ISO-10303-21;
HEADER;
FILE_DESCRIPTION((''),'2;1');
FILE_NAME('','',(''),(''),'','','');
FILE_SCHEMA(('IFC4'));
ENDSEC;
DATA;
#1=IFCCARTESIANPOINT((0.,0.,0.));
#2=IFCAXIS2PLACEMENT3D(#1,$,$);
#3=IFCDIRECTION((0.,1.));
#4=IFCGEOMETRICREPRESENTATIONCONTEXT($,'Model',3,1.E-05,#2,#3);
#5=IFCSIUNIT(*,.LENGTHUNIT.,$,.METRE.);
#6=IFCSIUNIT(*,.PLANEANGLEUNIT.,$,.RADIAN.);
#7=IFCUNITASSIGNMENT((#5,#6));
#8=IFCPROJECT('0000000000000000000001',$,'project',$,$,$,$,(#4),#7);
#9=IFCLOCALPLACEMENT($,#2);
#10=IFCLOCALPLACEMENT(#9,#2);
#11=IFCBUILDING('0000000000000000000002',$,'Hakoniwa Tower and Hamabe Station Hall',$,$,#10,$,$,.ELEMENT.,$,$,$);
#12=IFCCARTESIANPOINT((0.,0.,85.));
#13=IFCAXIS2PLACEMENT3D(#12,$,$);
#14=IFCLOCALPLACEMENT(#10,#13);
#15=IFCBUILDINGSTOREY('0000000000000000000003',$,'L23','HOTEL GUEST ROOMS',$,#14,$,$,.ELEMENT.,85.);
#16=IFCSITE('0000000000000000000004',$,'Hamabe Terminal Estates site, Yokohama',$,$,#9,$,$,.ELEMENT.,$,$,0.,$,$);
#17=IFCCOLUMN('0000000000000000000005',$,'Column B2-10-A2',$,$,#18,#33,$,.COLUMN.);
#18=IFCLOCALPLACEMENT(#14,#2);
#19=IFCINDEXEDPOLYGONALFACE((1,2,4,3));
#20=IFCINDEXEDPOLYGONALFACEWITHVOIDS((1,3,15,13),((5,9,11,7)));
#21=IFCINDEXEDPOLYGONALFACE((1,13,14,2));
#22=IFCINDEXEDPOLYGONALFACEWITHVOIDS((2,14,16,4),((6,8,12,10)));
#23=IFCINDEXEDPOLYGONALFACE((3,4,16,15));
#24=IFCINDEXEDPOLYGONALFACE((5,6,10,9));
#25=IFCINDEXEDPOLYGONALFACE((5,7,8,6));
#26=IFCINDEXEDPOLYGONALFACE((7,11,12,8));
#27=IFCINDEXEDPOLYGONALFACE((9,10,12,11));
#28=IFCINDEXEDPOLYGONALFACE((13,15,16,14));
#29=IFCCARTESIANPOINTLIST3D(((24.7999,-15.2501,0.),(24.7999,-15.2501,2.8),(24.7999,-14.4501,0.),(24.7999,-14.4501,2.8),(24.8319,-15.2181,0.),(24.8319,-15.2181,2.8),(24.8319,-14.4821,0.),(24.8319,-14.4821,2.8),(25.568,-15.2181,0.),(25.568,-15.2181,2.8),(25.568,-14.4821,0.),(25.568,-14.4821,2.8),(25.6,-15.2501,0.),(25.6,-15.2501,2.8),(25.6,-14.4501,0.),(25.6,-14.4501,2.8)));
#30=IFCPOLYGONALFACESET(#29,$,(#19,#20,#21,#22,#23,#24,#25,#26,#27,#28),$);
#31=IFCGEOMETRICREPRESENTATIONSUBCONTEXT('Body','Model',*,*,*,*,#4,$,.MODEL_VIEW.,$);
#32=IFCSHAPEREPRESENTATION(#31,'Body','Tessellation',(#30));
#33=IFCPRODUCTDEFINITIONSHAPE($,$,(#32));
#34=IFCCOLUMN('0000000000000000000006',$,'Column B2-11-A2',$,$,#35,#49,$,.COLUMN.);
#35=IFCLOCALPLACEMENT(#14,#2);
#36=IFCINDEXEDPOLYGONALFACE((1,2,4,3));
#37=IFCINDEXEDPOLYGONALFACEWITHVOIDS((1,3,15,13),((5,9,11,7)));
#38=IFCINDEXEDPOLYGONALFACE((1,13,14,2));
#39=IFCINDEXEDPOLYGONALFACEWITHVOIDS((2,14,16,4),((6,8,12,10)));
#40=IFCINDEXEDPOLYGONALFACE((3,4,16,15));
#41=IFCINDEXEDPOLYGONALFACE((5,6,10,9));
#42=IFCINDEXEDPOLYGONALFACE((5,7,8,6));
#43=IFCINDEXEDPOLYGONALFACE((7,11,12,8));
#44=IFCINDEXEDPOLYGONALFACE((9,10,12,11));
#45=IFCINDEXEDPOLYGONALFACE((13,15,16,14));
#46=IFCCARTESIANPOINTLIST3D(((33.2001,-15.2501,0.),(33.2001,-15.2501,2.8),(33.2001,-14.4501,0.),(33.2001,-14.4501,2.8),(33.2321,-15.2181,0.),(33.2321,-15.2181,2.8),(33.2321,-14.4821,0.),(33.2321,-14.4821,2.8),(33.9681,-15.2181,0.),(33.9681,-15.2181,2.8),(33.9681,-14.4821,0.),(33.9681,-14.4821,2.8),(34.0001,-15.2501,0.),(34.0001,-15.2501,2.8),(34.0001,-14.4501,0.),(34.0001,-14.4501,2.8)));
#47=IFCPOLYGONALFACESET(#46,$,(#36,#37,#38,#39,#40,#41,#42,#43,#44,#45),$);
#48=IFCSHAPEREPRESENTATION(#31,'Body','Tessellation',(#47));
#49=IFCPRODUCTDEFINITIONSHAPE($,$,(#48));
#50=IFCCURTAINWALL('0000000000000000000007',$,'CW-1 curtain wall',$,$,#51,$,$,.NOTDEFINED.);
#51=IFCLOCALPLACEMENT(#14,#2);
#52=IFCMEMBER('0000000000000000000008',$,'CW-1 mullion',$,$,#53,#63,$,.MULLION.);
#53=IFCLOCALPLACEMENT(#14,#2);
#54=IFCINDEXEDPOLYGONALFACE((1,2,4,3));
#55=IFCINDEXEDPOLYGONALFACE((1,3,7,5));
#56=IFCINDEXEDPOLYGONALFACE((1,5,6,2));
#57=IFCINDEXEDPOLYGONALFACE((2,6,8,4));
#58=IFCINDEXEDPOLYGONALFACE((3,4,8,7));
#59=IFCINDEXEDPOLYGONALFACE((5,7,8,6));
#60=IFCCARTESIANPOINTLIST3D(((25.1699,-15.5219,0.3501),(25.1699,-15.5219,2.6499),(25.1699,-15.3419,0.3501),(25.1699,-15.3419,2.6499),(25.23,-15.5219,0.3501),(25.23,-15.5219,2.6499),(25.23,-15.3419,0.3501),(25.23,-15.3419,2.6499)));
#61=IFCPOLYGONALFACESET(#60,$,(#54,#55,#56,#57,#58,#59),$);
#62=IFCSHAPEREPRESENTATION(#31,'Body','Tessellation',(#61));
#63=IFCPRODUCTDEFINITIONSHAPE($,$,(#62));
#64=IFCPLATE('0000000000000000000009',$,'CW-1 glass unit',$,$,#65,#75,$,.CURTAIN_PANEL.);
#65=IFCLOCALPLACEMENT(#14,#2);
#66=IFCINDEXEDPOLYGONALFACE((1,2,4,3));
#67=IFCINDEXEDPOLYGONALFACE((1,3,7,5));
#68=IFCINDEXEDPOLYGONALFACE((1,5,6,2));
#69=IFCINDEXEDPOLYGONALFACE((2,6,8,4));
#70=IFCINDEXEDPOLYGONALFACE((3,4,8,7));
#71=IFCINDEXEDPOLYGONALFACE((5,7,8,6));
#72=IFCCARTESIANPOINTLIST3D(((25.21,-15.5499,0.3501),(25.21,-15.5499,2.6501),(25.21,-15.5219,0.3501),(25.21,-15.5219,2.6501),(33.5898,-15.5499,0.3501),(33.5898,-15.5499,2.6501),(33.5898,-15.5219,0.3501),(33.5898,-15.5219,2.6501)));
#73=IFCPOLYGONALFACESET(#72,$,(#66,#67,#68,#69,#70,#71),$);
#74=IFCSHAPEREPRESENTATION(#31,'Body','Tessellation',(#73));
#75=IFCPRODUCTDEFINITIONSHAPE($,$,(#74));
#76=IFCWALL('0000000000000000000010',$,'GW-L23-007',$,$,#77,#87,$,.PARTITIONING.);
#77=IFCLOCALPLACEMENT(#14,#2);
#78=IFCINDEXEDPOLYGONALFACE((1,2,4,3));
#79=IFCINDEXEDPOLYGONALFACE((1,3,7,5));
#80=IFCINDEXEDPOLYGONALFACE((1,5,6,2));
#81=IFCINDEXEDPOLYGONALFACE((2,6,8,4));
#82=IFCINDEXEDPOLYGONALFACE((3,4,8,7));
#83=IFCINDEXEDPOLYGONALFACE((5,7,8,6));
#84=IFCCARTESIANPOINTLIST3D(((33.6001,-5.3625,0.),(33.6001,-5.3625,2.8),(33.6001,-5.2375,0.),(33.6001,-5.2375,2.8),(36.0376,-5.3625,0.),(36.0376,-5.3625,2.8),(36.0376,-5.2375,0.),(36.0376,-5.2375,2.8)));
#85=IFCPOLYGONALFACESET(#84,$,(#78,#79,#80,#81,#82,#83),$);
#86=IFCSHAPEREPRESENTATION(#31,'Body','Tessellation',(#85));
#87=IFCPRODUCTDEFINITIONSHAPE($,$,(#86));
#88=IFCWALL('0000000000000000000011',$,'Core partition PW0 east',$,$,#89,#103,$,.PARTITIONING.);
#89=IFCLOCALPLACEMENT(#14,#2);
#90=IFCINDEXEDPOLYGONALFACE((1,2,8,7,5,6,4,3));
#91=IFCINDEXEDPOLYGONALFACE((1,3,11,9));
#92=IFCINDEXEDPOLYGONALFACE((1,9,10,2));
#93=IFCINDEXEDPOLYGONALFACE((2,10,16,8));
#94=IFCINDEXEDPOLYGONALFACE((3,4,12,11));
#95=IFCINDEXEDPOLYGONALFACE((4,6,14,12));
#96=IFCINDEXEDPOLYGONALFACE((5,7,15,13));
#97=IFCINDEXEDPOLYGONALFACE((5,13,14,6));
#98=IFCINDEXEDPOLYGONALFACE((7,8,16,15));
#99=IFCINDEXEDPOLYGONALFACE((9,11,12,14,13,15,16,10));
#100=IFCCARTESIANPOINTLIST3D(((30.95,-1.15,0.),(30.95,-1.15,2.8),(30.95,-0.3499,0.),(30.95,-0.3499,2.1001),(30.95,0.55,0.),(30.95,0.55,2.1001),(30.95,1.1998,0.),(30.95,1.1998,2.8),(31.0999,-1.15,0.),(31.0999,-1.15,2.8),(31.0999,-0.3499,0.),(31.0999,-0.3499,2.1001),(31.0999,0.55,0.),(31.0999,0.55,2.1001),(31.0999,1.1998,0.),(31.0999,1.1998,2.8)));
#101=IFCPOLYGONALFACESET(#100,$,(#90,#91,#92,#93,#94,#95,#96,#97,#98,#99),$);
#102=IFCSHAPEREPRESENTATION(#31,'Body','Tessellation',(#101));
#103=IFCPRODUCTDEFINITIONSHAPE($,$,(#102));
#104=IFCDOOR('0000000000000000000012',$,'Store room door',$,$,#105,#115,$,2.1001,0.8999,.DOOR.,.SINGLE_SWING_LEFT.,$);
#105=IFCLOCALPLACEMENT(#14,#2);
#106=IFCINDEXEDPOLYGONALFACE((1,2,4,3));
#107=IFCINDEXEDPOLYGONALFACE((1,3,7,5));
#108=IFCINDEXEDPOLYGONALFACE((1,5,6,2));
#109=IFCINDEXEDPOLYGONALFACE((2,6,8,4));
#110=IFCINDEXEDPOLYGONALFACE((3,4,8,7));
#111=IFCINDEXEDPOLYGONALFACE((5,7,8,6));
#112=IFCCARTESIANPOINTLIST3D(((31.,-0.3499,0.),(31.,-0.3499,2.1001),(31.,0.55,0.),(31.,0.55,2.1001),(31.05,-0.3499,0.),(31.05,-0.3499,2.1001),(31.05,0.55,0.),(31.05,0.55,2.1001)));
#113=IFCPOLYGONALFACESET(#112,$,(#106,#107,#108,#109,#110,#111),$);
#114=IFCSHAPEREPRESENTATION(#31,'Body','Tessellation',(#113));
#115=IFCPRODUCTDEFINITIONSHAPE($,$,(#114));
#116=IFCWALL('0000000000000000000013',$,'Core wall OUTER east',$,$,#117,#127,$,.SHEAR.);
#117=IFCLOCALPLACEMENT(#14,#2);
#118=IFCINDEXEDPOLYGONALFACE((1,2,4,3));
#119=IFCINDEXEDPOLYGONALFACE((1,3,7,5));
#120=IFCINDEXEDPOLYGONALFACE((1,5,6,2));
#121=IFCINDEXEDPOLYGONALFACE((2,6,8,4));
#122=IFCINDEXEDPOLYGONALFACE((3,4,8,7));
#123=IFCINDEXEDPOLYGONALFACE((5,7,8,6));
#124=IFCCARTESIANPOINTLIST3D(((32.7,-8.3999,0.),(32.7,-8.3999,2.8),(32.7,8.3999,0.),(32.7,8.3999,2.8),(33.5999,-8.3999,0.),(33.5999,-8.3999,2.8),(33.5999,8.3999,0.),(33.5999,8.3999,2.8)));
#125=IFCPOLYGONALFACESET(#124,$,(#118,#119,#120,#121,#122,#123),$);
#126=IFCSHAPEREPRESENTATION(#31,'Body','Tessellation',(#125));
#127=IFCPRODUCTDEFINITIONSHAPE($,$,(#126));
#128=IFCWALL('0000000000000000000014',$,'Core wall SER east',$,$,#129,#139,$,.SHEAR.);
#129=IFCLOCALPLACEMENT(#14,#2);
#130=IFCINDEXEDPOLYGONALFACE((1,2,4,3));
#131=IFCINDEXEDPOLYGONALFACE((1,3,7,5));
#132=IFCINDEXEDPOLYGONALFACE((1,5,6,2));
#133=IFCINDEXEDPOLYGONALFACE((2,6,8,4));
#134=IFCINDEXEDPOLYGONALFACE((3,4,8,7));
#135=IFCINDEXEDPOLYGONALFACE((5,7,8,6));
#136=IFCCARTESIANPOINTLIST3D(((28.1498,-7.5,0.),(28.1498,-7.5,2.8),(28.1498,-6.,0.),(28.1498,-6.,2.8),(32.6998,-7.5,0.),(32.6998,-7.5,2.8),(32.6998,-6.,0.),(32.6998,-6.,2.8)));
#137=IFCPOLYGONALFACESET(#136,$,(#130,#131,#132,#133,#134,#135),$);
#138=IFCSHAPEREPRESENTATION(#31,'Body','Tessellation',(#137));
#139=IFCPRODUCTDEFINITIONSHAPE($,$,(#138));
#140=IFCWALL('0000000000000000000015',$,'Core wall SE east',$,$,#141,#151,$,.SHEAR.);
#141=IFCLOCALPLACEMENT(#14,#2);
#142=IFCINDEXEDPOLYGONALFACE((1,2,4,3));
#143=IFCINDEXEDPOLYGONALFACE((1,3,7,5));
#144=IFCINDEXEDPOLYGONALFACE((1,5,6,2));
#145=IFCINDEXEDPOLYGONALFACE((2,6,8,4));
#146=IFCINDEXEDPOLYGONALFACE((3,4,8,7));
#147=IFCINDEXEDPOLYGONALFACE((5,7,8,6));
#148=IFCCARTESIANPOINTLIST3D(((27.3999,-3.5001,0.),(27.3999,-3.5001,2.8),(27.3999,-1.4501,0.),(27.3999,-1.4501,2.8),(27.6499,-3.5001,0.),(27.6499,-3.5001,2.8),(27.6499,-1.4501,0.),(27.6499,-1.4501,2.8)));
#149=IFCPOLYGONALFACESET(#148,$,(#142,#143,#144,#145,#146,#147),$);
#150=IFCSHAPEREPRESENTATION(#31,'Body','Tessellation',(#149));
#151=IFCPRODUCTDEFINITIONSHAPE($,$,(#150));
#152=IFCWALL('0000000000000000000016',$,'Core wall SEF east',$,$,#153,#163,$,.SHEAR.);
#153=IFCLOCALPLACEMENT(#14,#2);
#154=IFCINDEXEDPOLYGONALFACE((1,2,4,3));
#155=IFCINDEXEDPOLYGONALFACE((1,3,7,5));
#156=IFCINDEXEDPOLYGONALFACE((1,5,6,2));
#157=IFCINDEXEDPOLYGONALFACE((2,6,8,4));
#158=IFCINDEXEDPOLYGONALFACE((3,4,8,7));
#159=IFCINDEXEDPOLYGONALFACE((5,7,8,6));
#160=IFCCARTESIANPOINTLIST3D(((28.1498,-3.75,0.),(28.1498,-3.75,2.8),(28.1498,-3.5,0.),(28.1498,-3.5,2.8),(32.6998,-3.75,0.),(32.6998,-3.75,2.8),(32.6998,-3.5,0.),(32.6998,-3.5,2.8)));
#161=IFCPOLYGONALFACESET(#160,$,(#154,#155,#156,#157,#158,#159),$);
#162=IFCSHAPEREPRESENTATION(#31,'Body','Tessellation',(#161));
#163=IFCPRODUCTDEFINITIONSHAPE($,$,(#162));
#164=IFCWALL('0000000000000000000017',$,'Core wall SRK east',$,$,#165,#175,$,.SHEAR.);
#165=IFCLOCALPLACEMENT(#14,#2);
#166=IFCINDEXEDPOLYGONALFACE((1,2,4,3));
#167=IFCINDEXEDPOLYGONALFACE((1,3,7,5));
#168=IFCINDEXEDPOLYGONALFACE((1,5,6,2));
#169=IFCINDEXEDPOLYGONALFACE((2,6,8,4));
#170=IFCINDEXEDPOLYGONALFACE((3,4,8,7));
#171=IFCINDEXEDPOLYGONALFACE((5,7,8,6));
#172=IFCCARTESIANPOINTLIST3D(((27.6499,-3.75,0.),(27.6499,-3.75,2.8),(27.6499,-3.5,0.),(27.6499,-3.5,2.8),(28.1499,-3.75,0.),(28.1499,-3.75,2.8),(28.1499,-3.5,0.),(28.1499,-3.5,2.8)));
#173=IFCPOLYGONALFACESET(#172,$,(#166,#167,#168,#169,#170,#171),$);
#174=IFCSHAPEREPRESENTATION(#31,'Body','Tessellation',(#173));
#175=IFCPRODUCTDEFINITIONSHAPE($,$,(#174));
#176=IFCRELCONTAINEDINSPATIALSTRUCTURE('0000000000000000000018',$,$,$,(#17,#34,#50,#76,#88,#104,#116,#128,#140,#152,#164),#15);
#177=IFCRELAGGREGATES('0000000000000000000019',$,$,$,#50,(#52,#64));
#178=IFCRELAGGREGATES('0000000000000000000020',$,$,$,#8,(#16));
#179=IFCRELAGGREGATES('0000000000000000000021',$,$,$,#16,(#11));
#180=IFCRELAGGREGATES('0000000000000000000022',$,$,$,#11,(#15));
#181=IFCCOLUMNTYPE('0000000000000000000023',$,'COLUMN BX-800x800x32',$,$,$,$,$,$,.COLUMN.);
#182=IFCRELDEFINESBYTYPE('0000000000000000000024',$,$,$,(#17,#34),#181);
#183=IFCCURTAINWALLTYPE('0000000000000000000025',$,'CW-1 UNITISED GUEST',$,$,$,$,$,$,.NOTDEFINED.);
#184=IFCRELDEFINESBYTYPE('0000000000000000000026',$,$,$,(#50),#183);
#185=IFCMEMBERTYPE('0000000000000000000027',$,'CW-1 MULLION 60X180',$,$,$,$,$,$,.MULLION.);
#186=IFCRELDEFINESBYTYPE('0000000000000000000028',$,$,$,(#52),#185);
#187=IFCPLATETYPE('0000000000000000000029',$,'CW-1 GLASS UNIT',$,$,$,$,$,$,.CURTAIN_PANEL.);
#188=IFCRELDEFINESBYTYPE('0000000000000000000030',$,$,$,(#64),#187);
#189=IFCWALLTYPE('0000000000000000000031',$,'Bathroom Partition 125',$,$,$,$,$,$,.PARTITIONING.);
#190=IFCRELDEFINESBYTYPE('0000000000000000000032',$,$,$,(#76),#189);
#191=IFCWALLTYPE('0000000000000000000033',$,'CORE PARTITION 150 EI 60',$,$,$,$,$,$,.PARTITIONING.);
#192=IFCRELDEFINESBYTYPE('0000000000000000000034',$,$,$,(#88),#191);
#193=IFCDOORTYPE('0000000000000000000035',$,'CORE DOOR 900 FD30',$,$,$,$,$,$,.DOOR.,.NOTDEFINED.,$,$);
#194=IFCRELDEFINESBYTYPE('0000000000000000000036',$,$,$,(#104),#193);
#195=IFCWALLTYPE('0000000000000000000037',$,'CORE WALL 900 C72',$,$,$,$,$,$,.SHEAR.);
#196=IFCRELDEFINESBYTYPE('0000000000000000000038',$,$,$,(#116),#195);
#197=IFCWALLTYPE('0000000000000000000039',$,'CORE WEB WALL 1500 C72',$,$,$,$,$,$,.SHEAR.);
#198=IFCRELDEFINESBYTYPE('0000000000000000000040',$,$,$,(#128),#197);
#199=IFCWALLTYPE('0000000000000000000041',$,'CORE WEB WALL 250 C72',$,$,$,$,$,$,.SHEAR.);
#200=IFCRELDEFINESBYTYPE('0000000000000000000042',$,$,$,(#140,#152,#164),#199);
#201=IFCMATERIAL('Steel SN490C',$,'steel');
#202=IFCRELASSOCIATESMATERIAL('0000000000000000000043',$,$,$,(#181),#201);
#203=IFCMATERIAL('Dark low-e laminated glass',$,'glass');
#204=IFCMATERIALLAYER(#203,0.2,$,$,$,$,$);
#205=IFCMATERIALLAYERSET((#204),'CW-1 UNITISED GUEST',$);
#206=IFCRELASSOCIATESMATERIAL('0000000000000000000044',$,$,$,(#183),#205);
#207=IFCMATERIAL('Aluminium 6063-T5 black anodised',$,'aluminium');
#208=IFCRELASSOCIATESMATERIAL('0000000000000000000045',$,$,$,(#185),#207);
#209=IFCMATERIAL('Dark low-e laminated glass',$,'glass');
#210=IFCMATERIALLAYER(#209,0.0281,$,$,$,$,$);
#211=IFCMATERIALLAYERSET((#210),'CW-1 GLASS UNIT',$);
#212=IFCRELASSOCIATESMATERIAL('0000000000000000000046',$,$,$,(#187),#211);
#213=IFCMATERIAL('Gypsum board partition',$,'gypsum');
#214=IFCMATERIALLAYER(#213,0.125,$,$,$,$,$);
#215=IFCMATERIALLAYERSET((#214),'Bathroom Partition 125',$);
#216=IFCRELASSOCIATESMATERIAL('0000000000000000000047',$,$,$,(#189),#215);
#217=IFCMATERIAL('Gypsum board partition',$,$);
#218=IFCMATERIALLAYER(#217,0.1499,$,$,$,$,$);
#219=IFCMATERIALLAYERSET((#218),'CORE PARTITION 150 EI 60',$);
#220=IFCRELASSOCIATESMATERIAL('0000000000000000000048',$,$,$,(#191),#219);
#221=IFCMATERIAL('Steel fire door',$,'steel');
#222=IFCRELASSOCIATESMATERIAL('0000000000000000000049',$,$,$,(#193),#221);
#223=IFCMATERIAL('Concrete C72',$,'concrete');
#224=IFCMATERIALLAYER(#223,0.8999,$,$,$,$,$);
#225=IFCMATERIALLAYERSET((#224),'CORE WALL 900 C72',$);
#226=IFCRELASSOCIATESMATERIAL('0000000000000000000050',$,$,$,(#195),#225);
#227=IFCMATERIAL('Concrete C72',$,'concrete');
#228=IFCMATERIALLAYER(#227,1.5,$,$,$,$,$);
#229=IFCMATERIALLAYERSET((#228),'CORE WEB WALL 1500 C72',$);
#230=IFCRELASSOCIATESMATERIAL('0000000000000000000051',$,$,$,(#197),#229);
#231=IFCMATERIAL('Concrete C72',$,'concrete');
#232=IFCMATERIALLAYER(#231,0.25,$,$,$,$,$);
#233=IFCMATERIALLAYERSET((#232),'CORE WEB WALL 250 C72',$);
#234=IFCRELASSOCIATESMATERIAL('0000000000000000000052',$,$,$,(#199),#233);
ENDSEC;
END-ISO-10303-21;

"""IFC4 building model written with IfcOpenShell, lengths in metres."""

from ifc_helpers import new_model, si_unit, direction, frame, frame_2d, origin, origin_2d, place, context, subcontext, project, spatial, rectangle, hollow_rectangle, extrude, material, layer, layer_set, material_profile, profile_set, type_object, element, fill, aggregate, save


model = new_model("IFC4")

# Units and contexts
model_context = context("Model", 3, precision=1e-05, world=origin(), true_north=direction((0.0, 1.0)))
body_context = subcontext(model_context, "Body", "Model", "MODEL_VIEW")
ifc_project = project(units=[si_unit("LENGTHUNIT", "METRE"), si_unit("PLANEANGLEUNIT", "RADIAN")], contexts=[model_context])

# Site, building, storey
site_placement = place(None, origin())
site = spatial("IfcSite", under=ifc_project, at=site_placement, Name="Hamabe Terminal Estates site, Yokohama", CompositionType="ELEMENT", RefElevation=0.0)
building_placement = place(site_placement, origin())
building = spatial("IfcBuilding", under=site, at=building_placement, Name="Hakoniwa Tower and Hamabe Station Hall", CompositionType="ELEMENT")
storey_placement = place(building_placement, frame((0.0, 0.0, 85.0)))
storey = spatial("IfcBuildingStorey", under=building, at=storey_placement, Name="L23", Description="HOTEL GUEST ROOMS", CompositionType="ELEMENT", Elevation=85.0)

# Columns
ifc_material_1 = material(Name="Steel SN490C", Category="steel")
ifc_material_profile_1 = material_profile(ifc_material_1, hollow_rectangle(XDim=0.8, YDim=0.8, WallThickness=0.032, at=origin_2d()), Name="BX-800x800x32")
ifc_profile_set_1 = profile_set([ifc_material_profile_1], Name="Steel SN490C")
column_type = type_object("IfcColumnType", Name="COLUMN BX-800x800x32", PredefinedType="COLUMN", material=ifc_profile_set_1)
for number, where, z_axis, x_axis, name in (
    (1, (25.2, -14.8501, 0.0), (0.0, 0.0, 1.0), (1.0, 0.0, 0.0), "Column B2-10-A2"),
    (2, (33.6001, -14.8501, 0.0), (0.0, 0.0, 1.0), (1.0, 0.0, 0.0), "Column B2-11-A2"),
):
    element("IfcColumn", number, at=place(storey_placement, frame(where, z_axis=z_axis, x_axis=x_axis)), inside=storey, type_object=column_type, Name=name, PredefinedType="COLUMN", context=body_context, shape_type="SweptSolid", body=[
        extrude(hollow_rectangle(XDim=0.8, YDim=0.8, WallThickness=0.032, at=origin_2d()), origin(), (0.0, 0.0, 1.0), 2.8),
    ])

# Curtain wall, member, plate
ifc_material_2 = material(Name="Dark low-e laminated glass", Category="glass")
ifc_layer_1 = layer(ifc_material_2, 0.2)
ifc_layer_set_1 = layer_set([ifc_layer_1], Name="CW-1 UNITISED GUEST")
curtain_wall_type = type_object("IfcCurtainWallType", Name="CW-1 UNITISED GUEST", PredefinedType="NOTDEFINED", material=ifc_layer_set_1)
curtain_wall_placement = place(storey_placement, origin())
curtain_wall = element("IfcCurtainWall", 3, at=curtain_wall_placement, inside=storey, type_object=curtain_wall_type, Name="CW-1 curtain wall", PredefinedType="NOTDEFINED")
ifc_material_3 = material(Name="Aluminium 6063-T5 black anodised", Category="aluminium")
ifc_material_profile_2 = material_profile(ifc_material_3, rectangle(XDim=0.0601, YDim=0.1799, at=origin_2d()), Name="CW-1 MULLION 60X180")
ifc_profile_set_2 = profile_set([ifc_material_profile_2], Name="Aluminium 6063-T5 black anodised")
member_type = type_object("IfcMemberType", Name="CW-1 MULLION 60X180", PredefinedType="MULLION", material=ifc_profile_set_2)
member_placement = place(storey_placement, frame((25.2, -15.4319, 0.3501), z_axis=(0.0, 0.0, 1.0), x_axis=(1.0, 0.0, 0.0)))
member = element("IfcMember", 4, at=member_placement, type_object=member_type, Name="CW-1 mullion", PredefinedType="MULLION", context=body_context, shape_type="SweptSolid", body=[
    extrude(rectangle(XDim=0.0601, YDim=0.1799, at=origin_2d()), origin(), (0.0, 0.0, 1.0), 2.2998),
])
ifc_material_4 = material(Name="Dark low-e laminated glass", Category="glass")
ifc_layer_2 = layer(ifc_material_4, 0.0281)
ifc_layer_set_2 = layer_set([ifc_layer_2], Name="CW-1 GLASS UNIT")
plate_type = type_object("IfcPlateType", Name="CW-1 GLASS UNIT", PredefinedType="CURTAIN_PANEL", material=ifc_layer_set_2)
plate_placement = place(storey_placement, frame((29.3999, -15.5359, 0.3501), z_axis=(0.0, 0.0, 1.0), x_axis=(1.0, 0.0, 0.0)))
plate = element("IfcPlate", 5, at=plate_placement, type_object=plate_type, Name="CW-1 glass unit", PredefinedType="CURTAIN_PANEL", context=body_context, shape_type="SweptSolid", body=[
    extrude(rectangle(XDim=8.3799, YDim=0.0281, at=origin_2d()), origin(), (0.0, 0.0, 1.0), 2.3),
])
aggregate(curtain_wall, [member, plate])

# Wall
ifc_material_5 = material(Name="Gypsum board partition", Category="gypsum")
ifc_layer_3 = layer(ifc_material_5, 0.125)
ifc_layer_set_3 = layer_set([ifc_layer_3], Name="Bathroom Partition 125")
wall_type_1 = type_object("IfcWallType", Name="Bathroom Partition 125", PredefinedType="PARTITIONING", material=ifc_layer_set_3)
wall_1_placement = place(storey_placement, frame((33.6001, -5.3, 0.0), z_axis=(0.0, 0.0, 1.0), x_axis=(1.0, 0.0, 0.0)))
element("IfcWall", 6, at=wall_1_placement, inside=storey, type_object=wall_type_1, Name="GW-L23-007", PredefinedType="PARTITIONING", context=body_context, shape_type="SweptSolid", body=[
    extrude(rectangle(XDim=2.4375, YDim=0.125, at=frame_2d((1.2188, 0.0))), origin(), (0.0, 0.0, 1.0), 2.8),
])

# Wall, opening, door
ifc_material_6 = material(Name="Gypsum board partition")
ifc_layer_4 = layer(ifc_material_6, 0.1499)
ifc_layer_set_4 = layer_set([ifc_layer_4], Name="CORE PARTITION 150 EI 60")
wall_type_2 = type_object("IfcWallType", Name="CORE PARTITION 150 EI 60", PredefinedType="PARTITIONING", material=ifc_layer_set_4)
wall_2_placement = place(storey_placement, frame((31.0249, -1.1499, 0.0), z_axis=(0.0, 0.0, 1.0), x_axis=(0.0, 1.0, 0.0)))
wall_2 = element("IfcWall", 7, at=wall_2_placement, inside=storey, type_object=wall_type_2, Name="Core partition PW0 east", PredefinedType="PARTITIONING", context=body_context, shape_type="SweptSolid", body=[
    extrude(rectangle(XDim=2.3499, YDim=0.1499, at=frame_2d((1.1748, 0.0))), origin(), (0.0, 0.0, 1.0), 2.8),
])
opening_1_placement = place(wall_2_placement, frame((0.8, 0.0, 0.0)))
opening_1 = element("IfcOpeningElement", 8, at=opening_1_placement, cuts=wall_2, PredefinedType="OPENING", context=body_context, shape_type="SweptSolid", body=[
    extrude(rectangle(XDim=0.8999, YDim=2.1001, at=frame_2d((0.45, 1.05))), frame((0.0, 0.085, 0.0), z_axis=(0.0, -1.0, 0.0), x_axis=(1.0, 0.0, 0.0)), (0.0, 0.0, 1.0), 0.1699),
])
ifc_material_7 = material(Name="Steel fire door", Category="steel")
door_type_1 = type_object("IfcDoorType", Name="CORE DOOR 900 FD30", OperationType="NOTDEFINED", PredefinedType="DOOR", material=ifc_material_7)
door_1_placement = place(opening_1_placement, origin())
door_1 = element("IfcDoor", 9, at=door_1_placement, inside=storey, type_object=door_type_1, Name="Store room door", OperationType="SINGLE_SWING_LEFT", OverallHeight=2.1001, OverallWidth=0.8999, PredefinedType="DOOR", context=body_context, shape_type="SweptSolid", body=[
    extrude(rectangle(XDim=0.8999, YDim=2.1001, at=frame_2d((0.45, 1.05))), frame((0.0, 0.0249, 0.0), z_axis=(0.0, -1.0, 0.0), x_axis=(1.0, 0.0, 0.0)), (0.0, 0.0, 1.0), 0.05),
])
fill(opening_1, door_1)

# Walls
ifc_material_8 = material(Name="Concrete C72", Category="concrete")
ifc_layer_5 = layer(ifc_material_8, 0.8999)
ifc_layer_set_5 = layer_set([ifc_layer_5], Name="CORE WALL 900 C72")
wall_type_3 = type_object("IfcWallType", Name="CORE WALL 900 C72", PredefinedType="SHEAR", material=ifc_layer_set_5)
wall_3_placement = place(storey_placement, frame((33.1499, -8.3999, 0.0), z_axis=(0.0, 0.0, 1.0), x_axis=(0.0, 1.0, 0.0)))
element("IfcWall", 10, at=wall_3_placement, inside=storey, type_object=wall_type_3, Name="Core wall OUTER east", PredefinedType="SHEAR", context=body_context, shape_type="SweptSolid", body=[
    extrude(rectangle(XDim=16.7998, YDim=0.8999, at=frame_2d((8.3999, 0.0))), origin(), (0.0, 0.0, 1.0), 2.8),
])
ifc_material_9 = material(Name="Concrete C72", Category="concrete")
ifc_layer_6 = layer(ifc_material_9, 1.5)
ifc_layer_set_6 = layer_set([ifc_layer_6], Name="CORE WEB WALL 1500 C72")
wall_type_4 = type_object("IfcWallType", Name="CORE WEB WALL 1500 C72", PredefinedType="SHEAR", material=ifc_layer_set_6)
wall_4_placement = place(storey_placement, frame((28.1499, -6.75, 0.0), z_axis=(0.0, 0.0, 1.0), x_axis=(1.0, 0.0, 0.0)))
element("IfcWall", 11, at=wall_4_placement, inside=storey, type_object=wall_type_4, Name="Core wall SER east", PredefinedType="SHEAR", context=body_context, shape_type="SweptSolid", body=[
    extrude(rectangle(XDim=4.55, YDim=1.5, at=frame_2d((2.2749, 0.0))), origin(), (0.0, 0.0, 1.0), 2.8),
])
ifc_material_10 = material(Name="Concrete C72", Category="concrete")
ifc_layer_7 = layer(ifc_material_10, 0.25)
ifc_layer_set_7 = layer_set([ifc_layer_7], Name="CORE WEB WALL 250 C72")
wall_type_5 = type_object("IfcWallType", Name="CORE WEB WALL 250 C72", PredefinedType="SHEAR", material=ifc_layer_set_7)
wall_5_placement = place(storey_placement, frame((27.5249, -3.5, 0.0), z_axis=(0.0, 0.0, 1.0), x_axis=(0.0, 1.0, 0.0)))
element("IfcWall", 12, at=wall_5_placement, inside=storey, type_object=wall_type_5, Name="Core wall SE east", PredefinedType="SHEAR", context=body_context, shape_type="SweptSolid", body=[
    extrude(rectangle(XDim=2.05, YDim=0.25, at=frame_2d((1.0249, 0.0))), origin(), (0.0, 0.0, 1.0), 2.8),
])
wall_6_placement = place(storey_placement, frame((28.1499, -3.625, 0.0), z_axis=(0.0, 0.0, 1.0), x_axis=(1.0, 0.0, 0.0)))
element("IfcWall", 13, at=wall_6_placement, inside=storey, type_object=wall_type_5, Name="Core wall SEF east", PredefinedType="SHEAR", context=body_context, shape_type="SweptSolid", body=[
    extrude(rectangle(XDim=4.55, YDim=0.25, at=frame_2d((2.2749, 0.0))), origin(), (0.0, 0.0, 1.0), 2.8),
])
wall_7_placement = place(storey_placement, frame((27.6499, -3.625, 0.0), z_axis=(0.0, 0.0, 1.0), x_axis=(1.0, 0.0, 0.0)))
element("IfcWall", 14, at=wall_7_placement, inside=storey, type_object=wall_type_5, Name="Core wall SRK east", PredefinedType="SHEAR", context=body_context, shape_type="SweptSolid", body=[
    extrude(rectangle(XDim=0.5, YDim=0.25, at=frame_2d((0.25, 0.0))), origin(), (0.0, 0.0, 1.0), 2.8),
])

save(model, "model.ifc")
